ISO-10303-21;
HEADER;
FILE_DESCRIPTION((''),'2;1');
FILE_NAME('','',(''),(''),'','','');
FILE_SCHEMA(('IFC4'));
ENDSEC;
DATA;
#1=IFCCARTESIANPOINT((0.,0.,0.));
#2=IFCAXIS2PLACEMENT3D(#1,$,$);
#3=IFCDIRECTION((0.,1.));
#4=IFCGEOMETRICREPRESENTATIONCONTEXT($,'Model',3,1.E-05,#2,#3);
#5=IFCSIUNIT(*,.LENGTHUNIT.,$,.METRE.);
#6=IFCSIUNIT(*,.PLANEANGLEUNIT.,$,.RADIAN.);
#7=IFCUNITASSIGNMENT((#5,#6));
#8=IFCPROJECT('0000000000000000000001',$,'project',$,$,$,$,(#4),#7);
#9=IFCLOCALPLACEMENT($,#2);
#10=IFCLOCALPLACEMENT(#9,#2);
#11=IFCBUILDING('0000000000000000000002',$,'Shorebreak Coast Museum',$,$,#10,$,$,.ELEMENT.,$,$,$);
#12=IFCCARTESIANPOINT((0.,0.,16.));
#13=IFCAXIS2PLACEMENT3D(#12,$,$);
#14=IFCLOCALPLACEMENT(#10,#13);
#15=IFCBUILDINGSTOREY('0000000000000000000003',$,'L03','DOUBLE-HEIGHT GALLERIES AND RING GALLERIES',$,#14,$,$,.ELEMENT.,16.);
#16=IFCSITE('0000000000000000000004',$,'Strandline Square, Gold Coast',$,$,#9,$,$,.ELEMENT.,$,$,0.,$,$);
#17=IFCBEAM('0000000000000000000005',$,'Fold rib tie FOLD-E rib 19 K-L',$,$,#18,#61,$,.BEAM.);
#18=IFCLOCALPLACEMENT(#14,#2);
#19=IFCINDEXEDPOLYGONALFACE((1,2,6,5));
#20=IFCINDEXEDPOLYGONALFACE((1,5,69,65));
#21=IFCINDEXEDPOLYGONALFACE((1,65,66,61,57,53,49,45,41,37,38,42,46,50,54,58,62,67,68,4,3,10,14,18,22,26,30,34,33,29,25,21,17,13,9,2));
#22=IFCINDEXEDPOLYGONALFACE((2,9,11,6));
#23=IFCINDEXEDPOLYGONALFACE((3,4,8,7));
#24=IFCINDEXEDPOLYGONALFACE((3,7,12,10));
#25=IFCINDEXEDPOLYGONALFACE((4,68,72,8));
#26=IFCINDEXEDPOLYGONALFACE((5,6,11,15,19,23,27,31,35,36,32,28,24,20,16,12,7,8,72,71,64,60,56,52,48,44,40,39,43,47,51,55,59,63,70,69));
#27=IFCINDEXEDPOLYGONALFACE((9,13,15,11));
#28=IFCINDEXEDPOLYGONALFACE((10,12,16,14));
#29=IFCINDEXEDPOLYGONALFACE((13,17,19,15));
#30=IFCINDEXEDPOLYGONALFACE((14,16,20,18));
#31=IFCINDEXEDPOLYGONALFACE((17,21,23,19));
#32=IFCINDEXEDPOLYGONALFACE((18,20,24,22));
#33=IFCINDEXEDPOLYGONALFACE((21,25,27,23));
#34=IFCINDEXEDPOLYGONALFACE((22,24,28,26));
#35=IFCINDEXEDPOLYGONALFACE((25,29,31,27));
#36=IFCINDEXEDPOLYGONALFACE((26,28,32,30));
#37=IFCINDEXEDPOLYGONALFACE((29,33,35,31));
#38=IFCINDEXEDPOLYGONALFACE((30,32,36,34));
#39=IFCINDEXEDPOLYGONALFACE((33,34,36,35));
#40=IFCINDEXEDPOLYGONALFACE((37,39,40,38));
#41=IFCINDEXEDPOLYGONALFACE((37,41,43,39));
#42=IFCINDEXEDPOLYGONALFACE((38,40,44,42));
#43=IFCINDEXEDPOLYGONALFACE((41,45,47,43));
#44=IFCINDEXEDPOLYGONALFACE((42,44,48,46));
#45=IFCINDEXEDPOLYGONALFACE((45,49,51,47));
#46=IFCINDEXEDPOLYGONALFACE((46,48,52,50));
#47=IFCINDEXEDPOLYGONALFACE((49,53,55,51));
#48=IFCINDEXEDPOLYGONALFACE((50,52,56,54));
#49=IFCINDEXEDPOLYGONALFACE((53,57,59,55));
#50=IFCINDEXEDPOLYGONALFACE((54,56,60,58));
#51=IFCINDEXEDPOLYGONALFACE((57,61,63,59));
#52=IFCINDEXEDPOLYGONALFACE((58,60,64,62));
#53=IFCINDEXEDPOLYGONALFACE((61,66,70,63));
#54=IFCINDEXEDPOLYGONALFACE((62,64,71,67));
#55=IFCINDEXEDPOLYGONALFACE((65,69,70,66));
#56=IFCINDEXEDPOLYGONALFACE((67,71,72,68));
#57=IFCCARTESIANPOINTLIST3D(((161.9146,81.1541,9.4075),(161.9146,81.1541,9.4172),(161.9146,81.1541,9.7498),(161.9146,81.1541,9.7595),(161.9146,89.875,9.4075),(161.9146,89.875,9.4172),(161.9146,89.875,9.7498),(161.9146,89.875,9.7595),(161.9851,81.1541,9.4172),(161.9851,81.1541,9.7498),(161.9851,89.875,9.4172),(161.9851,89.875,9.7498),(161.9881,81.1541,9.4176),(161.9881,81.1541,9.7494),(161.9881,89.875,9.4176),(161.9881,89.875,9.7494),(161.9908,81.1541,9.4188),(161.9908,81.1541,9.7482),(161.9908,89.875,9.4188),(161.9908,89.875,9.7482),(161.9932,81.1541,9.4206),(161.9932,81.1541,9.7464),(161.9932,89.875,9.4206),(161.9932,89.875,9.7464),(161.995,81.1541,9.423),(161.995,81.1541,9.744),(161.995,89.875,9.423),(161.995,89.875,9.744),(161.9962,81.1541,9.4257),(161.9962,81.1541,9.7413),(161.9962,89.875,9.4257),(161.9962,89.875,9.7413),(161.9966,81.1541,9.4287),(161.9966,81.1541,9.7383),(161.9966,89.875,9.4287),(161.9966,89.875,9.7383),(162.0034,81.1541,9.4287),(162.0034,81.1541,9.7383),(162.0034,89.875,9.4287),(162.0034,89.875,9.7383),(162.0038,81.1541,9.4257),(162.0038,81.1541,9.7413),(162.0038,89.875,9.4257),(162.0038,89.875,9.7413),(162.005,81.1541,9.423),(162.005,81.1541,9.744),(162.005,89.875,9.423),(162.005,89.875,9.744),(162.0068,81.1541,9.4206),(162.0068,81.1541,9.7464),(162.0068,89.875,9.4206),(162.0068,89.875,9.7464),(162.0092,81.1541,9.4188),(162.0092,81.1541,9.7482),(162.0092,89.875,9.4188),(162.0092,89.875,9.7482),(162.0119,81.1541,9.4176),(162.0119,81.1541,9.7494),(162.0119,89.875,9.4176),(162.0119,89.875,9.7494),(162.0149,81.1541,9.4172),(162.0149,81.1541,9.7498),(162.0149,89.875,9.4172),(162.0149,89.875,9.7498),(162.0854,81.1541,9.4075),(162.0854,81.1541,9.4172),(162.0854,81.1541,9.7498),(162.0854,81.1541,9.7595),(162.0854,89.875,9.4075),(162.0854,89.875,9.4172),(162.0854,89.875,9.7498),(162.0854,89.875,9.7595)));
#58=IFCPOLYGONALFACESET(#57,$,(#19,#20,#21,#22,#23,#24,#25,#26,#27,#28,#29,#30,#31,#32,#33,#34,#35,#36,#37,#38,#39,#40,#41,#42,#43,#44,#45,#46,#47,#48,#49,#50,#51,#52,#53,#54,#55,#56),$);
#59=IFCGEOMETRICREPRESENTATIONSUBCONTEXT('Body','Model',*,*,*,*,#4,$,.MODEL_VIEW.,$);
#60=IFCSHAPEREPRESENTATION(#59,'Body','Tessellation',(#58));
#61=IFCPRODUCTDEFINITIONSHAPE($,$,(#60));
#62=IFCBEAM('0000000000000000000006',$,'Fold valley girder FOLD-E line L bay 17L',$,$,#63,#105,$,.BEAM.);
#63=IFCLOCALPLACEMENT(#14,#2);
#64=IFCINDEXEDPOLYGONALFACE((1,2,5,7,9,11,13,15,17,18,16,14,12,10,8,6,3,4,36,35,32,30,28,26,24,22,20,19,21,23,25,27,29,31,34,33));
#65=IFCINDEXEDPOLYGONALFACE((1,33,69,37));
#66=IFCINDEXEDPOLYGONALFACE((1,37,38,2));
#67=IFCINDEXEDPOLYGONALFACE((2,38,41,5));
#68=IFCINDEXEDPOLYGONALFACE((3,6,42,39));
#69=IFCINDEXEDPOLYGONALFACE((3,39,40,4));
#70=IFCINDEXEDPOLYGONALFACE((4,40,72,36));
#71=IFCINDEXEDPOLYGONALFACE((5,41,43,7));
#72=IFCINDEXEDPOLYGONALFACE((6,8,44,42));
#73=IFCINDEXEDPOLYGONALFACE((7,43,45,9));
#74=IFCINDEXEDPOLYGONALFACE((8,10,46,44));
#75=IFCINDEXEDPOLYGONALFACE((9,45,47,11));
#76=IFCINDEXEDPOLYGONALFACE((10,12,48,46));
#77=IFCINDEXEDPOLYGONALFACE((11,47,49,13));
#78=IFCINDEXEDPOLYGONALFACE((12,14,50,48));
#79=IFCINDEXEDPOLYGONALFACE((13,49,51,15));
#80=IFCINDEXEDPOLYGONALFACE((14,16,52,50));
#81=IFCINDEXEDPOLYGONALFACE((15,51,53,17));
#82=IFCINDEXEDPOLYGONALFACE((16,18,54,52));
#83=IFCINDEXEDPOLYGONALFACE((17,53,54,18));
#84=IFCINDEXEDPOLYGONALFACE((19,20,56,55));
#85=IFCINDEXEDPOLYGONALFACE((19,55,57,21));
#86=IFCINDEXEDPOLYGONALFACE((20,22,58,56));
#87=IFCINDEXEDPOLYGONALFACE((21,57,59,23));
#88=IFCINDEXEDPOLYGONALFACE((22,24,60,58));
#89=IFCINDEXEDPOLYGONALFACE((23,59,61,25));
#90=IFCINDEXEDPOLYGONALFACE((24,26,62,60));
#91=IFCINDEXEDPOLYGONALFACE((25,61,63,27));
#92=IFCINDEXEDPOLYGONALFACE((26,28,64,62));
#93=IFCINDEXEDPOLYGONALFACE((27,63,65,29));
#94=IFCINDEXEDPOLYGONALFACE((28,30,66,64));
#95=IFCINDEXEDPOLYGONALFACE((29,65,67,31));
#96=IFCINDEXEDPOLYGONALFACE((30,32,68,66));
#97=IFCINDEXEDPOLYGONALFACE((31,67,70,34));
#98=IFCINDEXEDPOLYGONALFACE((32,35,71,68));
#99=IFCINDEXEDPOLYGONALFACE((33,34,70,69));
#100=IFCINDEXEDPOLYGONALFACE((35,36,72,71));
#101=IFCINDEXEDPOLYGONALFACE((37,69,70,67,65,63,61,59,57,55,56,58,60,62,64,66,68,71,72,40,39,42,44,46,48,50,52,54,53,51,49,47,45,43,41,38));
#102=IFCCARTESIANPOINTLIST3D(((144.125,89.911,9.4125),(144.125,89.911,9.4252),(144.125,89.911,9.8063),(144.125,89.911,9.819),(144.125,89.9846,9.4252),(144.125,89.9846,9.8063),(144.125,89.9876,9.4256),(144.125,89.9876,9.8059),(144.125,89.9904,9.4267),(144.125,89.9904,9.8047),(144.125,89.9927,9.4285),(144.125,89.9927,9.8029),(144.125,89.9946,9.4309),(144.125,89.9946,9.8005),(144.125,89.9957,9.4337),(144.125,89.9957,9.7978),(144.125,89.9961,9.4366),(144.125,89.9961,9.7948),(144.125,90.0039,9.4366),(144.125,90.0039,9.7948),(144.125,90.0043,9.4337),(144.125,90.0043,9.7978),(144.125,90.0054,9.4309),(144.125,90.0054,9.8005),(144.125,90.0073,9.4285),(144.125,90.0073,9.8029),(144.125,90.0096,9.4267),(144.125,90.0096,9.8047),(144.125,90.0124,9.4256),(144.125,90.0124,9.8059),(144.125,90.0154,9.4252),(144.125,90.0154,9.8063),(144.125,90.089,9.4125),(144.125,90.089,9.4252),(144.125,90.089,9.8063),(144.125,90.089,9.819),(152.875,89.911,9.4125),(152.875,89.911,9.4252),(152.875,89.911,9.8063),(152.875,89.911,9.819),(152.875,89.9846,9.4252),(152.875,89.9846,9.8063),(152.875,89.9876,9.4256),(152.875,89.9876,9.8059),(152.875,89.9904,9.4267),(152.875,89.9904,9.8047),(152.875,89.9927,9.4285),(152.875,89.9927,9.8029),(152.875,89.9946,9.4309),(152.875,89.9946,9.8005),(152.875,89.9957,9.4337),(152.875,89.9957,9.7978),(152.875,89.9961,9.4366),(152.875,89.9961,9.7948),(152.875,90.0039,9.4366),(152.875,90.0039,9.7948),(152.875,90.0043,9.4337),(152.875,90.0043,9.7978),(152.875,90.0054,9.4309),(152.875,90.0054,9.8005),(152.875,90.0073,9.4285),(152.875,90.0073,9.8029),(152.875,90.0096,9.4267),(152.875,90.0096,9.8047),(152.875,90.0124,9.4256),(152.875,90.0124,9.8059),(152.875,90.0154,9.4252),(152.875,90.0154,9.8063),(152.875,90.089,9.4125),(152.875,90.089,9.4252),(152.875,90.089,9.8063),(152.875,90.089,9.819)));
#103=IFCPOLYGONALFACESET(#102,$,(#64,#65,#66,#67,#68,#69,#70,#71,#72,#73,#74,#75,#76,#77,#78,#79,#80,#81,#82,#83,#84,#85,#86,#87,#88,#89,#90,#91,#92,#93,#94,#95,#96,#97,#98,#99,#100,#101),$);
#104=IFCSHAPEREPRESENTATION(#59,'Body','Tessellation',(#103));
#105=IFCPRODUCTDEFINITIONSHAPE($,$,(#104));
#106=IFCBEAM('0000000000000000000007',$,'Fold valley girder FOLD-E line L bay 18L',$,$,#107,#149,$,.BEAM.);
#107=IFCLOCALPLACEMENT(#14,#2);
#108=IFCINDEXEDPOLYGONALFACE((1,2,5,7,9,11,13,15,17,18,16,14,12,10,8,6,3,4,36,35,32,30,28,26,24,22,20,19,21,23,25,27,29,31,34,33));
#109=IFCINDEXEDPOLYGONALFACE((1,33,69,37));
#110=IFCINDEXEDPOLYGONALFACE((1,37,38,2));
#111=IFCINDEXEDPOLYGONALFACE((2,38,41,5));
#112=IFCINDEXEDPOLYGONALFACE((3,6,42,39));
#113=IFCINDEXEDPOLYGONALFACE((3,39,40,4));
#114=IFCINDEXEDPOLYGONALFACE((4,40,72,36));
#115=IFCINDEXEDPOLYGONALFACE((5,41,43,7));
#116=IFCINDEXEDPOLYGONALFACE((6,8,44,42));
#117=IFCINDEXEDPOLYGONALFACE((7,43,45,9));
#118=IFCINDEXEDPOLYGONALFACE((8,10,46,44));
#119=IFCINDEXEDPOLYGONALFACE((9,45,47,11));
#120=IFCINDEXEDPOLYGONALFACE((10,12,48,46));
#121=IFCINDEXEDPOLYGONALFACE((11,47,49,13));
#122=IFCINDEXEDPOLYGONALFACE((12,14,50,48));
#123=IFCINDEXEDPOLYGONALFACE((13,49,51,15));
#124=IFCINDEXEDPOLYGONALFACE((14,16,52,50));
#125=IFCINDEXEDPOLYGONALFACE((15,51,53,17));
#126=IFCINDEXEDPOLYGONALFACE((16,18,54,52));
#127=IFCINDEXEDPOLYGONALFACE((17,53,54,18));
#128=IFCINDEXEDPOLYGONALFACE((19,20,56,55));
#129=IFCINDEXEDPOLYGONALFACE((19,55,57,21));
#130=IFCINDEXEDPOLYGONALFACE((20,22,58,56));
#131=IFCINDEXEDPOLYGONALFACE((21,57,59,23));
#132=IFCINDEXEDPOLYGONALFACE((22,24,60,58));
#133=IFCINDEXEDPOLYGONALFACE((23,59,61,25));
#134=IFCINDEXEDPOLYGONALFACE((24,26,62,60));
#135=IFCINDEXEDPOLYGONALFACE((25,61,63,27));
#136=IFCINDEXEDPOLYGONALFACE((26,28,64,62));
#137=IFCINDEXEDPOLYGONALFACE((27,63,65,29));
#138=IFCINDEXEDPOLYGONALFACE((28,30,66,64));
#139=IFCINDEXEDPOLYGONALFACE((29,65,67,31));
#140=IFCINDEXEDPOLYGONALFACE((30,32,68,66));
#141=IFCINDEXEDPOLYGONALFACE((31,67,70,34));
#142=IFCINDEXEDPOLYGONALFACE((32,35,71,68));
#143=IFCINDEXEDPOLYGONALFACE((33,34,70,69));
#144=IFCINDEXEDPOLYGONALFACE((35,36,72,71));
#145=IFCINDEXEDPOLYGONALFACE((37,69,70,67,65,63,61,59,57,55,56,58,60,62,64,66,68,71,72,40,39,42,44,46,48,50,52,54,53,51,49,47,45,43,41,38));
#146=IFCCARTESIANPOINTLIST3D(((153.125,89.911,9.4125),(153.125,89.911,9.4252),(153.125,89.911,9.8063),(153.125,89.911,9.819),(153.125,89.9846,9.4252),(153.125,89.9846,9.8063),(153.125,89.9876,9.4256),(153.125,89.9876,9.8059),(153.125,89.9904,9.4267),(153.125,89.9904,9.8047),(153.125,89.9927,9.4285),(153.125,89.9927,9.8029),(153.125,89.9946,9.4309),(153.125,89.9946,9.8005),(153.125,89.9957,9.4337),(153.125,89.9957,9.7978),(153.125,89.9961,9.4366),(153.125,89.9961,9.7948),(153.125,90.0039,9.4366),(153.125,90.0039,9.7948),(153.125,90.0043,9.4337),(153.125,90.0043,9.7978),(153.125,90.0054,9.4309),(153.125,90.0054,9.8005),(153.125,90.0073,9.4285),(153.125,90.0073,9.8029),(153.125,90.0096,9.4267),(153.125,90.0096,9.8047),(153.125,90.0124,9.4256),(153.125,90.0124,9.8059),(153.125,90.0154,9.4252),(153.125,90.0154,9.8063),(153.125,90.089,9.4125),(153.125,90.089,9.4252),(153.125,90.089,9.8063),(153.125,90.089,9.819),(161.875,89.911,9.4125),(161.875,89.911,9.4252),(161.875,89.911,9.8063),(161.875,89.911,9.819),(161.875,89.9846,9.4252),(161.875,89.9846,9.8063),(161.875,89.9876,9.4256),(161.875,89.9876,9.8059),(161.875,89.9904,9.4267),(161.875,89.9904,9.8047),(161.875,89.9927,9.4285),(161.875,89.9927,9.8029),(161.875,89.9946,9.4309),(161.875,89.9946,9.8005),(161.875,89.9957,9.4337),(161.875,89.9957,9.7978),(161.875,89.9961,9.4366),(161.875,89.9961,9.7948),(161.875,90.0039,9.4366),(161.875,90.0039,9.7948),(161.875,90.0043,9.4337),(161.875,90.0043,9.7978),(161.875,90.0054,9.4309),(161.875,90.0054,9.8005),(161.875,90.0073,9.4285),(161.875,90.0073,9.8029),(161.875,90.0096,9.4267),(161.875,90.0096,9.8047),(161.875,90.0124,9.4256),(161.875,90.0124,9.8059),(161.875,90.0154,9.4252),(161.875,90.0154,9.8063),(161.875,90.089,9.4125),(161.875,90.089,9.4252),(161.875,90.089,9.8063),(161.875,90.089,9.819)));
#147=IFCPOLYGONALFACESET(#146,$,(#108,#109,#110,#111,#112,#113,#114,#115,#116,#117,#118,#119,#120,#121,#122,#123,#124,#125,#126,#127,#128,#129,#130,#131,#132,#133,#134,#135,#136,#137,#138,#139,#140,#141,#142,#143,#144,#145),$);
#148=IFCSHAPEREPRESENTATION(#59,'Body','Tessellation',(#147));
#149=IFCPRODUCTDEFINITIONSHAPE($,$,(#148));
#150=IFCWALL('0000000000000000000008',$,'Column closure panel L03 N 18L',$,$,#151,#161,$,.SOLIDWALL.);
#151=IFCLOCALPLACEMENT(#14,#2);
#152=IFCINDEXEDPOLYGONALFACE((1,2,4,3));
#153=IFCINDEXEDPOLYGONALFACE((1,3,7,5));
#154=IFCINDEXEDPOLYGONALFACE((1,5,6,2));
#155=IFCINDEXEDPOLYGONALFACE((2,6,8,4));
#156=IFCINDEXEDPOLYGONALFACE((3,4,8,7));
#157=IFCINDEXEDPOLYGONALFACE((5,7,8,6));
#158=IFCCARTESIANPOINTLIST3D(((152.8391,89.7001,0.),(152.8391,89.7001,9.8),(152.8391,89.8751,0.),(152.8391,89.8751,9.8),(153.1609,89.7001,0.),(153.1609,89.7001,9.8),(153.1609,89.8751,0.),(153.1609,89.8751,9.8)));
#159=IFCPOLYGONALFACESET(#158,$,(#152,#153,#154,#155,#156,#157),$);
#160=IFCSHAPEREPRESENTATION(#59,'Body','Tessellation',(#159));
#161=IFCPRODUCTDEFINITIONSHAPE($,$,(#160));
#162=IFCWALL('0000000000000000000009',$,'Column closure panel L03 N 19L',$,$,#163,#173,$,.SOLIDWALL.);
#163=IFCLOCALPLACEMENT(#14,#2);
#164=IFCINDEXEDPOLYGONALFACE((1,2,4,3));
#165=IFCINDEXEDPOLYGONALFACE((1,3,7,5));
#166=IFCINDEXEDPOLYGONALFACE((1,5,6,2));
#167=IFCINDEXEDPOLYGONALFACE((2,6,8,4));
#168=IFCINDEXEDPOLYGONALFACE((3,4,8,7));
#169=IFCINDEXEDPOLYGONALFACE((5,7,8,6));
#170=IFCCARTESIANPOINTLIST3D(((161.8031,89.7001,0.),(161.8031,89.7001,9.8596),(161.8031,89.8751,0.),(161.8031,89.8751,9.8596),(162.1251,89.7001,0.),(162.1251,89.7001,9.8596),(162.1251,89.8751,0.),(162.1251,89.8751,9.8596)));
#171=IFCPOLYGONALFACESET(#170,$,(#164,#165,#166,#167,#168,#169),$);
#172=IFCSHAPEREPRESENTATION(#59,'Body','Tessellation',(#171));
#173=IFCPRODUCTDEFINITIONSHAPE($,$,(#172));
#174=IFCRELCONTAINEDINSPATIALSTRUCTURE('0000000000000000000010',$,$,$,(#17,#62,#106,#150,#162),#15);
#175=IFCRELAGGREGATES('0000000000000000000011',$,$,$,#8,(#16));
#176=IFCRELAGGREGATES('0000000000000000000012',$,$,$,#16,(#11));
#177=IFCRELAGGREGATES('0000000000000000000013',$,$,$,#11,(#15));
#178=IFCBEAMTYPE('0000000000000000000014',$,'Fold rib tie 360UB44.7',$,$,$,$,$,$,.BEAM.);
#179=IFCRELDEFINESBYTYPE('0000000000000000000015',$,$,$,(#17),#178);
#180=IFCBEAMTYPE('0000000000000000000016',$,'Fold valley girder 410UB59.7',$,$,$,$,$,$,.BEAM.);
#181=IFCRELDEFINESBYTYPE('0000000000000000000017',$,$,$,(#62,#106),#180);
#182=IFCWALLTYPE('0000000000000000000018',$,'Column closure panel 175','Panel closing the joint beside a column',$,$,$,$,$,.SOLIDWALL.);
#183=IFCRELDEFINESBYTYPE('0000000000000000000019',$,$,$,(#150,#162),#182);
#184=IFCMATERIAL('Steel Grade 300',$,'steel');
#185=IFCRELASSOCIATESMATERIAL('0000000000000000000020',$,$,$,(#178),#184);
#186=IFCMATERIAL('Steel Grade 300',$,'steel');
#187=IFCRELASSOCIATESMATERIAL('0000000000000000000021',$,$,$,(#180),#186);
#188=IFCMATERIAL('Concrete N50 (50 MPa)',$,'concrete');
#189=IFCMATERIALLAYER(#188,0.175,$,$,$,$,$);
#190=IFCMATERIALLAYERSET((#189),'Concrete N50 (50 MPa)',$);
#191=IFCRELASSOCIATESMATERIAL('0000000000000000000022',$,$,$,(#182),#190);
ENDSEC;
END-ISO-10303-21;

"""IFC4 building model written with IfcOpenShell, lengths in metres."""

from ifc_helpers import new_model, si_unit, direction, frame, frame_2d, origin, origin_2d, place, context, subcontext, project, spatial, rectangle, i_section, extrude, material, layer, layer_set, material_profile, profile_set, type_object, element, save


model = new_model("IFC4")

# Units and contexts
model_context = context("Model", 3, precision=1e-05, world=origin(), true_north=direction((0.0, 1.0)))
body_context = subcontext(model_context, "Body", "Model", "MODEL_VIEW")
ifc_project = project(units=[si_unit("LENGTHUNIT", "METRE"), si_unit("PLANEANGLEUNIT", "RADIAN")], contexts=[model_context])

# Site, building, storey
site_placement = place(None, origin())
site = spatial("IfcSite", under=ifc_project, at=site_placement, Name="Strandline Square, Gold Coast", CompositionType="ELEMENT", RefElevation=0.0)
building_placement = place(site_placement, origin())
building = spatial("IfcBuilding", under=site, at=building_placement, Name="Shorebreak Coast Museum", CompositionType="ELEMENT")
storey_placement = place(building_placement, frame((0.0, 0.0, 16.0)))
storey = spatial("IfcBuildingStorey", under=building, at=storey_placement, Name="L03", Description="DOUBLE-HEIGHT GALLERIES AND RING GALLERIES", CompositionType="ELEMENT", Elevation=16.0)

# Beams
ifc_material_1 = material(Name="Steel Grade 300", Category="steel")
ifc_material_profile_1 = material_profile(ifc_material_1, i_section(OverallWidth=0.1709, OverallDepth=0.3521, WebThickness=0.0068, FlangeThickness=0.0098, FilletRadius=0.0115, at=origin_2d()), Name="360UB44.7")
ifc_profile_set_1 = profile_set([ifc_material_profile_1], Name="Steel Grade 300")
beam_type_1 = type_object("IfcBeamType", Name="Fold rib tie 360UB44.7", PredefinedType="BEAM", material=ifc_profile_set_1)
for number, where, z_axis, x_axis, name in (
    (1, (162.0, 81.1541, 9.5835), (0.0, 1.0, 0.0), (-1.0, 0.0, 0.0), "Fold rib tie FOLD-E rib 19 K-L"),
):
    element("IfcBeam", number, at=place(storey_placement, frame(where, z_axis=z_axis, x_axis=x_axis)), inside=storey, type_object=beam_type_1, Name=name, PredefinedType="BEAM", context=body_context, shape_type="SweptSolid", body=[
        extrude(i_section(OverallWidth=0.1709, OverallDepth=0.3521, WebThickness=0.0068, FlangeThickness=0.0098, FilletRadius=0.0115, at=origin_2d()), origin(), (0.0, 0.0, 1.0), 8.7209),
    ])
ifc_material_2 = material(Name="Steel Grade 300", Category="steel")
ifc_material_profile_2 = material_profile(ifc_material_2, i_section(OverallWidth=0.178, OverallDepth=0.4065, WebThickness=0.0078, FlangeThickness=0.0127, FilletRadius=0.0115, at=origin_2d()), Name="410UB59.7")
ifc_profile_set_2 = profile_set([ifc_material_profile_2], Name="Steel Grade 300")
beam_type_2 = type_object("IfcBeamType", Name="Fold valley girder 410UB59.7", PredefinedType="BEAM", material=ifc_profile_set_2)
for number, where, z_axis, x_axis, name in (
    (2, (144.125, 90.0, 9.6157), (1.0, 0.0, 0.0), (0.0, 1.0, 0.0), "Fold valley girder FOLD-E line L bay 17L"),
    (3, (153.125, 90.0, 9.6157), (1.0, 0.0, 0.0), (0.0, 1.0, 0.0), "Fold valley girder FOLD-E line L bay 18L"),
):
    element("IfcBeam", number, at=place(storey_placement, frame(where, z_axis=z_axis, x_axis=x_axis)), inside=storey, type_object=beam_type_2, Name=name, PredefinedType="BEAM", context=body_context, shape_type="SweptSolid", body=[
        extrude(i_section(OverallWidth=0.178, OverallDepth=0.4065, WebThickness=0.0078, FlangeThickness=0.0127, FilletRadius=0.0115, at=origin_2d()), origin(), (0.0, 0.0, 1.0), 8.75),
    ])

# Walls
ifc_material_3 = material(Name="Concrete N50 (50 MPa)", Category="concrete")
ifc_layer_1 = layer(ifc_material_3, 0.175)
ifc_layer_set_1 = layer_set([ifc_layer_1], Name="Concrete N50 (50 MPa)")
wall_type_1 = type_object("IfcWallType", Name="Column closure panel 175", Description="Panel closing the joint beside a column", PredefinedType="SOLIDWALL", material=ifc_layer_set_1)
wall_1_placement = place(storey_placement, frame((152.8391, 89.7876, 0.0), z_axis=(0.0, 0.0, 1.0), x_axis=(1.0, 0.0, 0.0)))
element("IfcWall", 4, at=wall_1_placement, inside=storey, type_object=wall_type_1, Name="Column closure panel L03 N 18L", PredefinedType="SOLIDWALL", context=body_context, shape_type="SweptSolid", body=[
    extrude(rectangle(XDim=0.3218, YDim=0.175, at=frame_2d((0.1609, 0.0))), origin(), (0.0, 0.0, 1.0), 9.8),
])
wall_2_placement = place(storey_placement, frame((161.803, 89.7876, 0.0), z_axis=(0.0, 0.0, 1.0), x_axis=(1.0, 0.0, 0.0)))
element("IfcWall", 5, at=wall_2_placement, inside=storey, type_object=wall_type_1, Name="Column closure panel L03 N 19L", PredefinedType="SOLIDWALL", context=body_context, shape_type="SweptSolid", body=[
    extrude(rectangle(XDim=0.322, YDim=0.175, at=frame_2d((0.1611, 0.0))), origin(), (0.0, 0.0, 1.0), 9.8596),
])

save(model, "model.ifc")
